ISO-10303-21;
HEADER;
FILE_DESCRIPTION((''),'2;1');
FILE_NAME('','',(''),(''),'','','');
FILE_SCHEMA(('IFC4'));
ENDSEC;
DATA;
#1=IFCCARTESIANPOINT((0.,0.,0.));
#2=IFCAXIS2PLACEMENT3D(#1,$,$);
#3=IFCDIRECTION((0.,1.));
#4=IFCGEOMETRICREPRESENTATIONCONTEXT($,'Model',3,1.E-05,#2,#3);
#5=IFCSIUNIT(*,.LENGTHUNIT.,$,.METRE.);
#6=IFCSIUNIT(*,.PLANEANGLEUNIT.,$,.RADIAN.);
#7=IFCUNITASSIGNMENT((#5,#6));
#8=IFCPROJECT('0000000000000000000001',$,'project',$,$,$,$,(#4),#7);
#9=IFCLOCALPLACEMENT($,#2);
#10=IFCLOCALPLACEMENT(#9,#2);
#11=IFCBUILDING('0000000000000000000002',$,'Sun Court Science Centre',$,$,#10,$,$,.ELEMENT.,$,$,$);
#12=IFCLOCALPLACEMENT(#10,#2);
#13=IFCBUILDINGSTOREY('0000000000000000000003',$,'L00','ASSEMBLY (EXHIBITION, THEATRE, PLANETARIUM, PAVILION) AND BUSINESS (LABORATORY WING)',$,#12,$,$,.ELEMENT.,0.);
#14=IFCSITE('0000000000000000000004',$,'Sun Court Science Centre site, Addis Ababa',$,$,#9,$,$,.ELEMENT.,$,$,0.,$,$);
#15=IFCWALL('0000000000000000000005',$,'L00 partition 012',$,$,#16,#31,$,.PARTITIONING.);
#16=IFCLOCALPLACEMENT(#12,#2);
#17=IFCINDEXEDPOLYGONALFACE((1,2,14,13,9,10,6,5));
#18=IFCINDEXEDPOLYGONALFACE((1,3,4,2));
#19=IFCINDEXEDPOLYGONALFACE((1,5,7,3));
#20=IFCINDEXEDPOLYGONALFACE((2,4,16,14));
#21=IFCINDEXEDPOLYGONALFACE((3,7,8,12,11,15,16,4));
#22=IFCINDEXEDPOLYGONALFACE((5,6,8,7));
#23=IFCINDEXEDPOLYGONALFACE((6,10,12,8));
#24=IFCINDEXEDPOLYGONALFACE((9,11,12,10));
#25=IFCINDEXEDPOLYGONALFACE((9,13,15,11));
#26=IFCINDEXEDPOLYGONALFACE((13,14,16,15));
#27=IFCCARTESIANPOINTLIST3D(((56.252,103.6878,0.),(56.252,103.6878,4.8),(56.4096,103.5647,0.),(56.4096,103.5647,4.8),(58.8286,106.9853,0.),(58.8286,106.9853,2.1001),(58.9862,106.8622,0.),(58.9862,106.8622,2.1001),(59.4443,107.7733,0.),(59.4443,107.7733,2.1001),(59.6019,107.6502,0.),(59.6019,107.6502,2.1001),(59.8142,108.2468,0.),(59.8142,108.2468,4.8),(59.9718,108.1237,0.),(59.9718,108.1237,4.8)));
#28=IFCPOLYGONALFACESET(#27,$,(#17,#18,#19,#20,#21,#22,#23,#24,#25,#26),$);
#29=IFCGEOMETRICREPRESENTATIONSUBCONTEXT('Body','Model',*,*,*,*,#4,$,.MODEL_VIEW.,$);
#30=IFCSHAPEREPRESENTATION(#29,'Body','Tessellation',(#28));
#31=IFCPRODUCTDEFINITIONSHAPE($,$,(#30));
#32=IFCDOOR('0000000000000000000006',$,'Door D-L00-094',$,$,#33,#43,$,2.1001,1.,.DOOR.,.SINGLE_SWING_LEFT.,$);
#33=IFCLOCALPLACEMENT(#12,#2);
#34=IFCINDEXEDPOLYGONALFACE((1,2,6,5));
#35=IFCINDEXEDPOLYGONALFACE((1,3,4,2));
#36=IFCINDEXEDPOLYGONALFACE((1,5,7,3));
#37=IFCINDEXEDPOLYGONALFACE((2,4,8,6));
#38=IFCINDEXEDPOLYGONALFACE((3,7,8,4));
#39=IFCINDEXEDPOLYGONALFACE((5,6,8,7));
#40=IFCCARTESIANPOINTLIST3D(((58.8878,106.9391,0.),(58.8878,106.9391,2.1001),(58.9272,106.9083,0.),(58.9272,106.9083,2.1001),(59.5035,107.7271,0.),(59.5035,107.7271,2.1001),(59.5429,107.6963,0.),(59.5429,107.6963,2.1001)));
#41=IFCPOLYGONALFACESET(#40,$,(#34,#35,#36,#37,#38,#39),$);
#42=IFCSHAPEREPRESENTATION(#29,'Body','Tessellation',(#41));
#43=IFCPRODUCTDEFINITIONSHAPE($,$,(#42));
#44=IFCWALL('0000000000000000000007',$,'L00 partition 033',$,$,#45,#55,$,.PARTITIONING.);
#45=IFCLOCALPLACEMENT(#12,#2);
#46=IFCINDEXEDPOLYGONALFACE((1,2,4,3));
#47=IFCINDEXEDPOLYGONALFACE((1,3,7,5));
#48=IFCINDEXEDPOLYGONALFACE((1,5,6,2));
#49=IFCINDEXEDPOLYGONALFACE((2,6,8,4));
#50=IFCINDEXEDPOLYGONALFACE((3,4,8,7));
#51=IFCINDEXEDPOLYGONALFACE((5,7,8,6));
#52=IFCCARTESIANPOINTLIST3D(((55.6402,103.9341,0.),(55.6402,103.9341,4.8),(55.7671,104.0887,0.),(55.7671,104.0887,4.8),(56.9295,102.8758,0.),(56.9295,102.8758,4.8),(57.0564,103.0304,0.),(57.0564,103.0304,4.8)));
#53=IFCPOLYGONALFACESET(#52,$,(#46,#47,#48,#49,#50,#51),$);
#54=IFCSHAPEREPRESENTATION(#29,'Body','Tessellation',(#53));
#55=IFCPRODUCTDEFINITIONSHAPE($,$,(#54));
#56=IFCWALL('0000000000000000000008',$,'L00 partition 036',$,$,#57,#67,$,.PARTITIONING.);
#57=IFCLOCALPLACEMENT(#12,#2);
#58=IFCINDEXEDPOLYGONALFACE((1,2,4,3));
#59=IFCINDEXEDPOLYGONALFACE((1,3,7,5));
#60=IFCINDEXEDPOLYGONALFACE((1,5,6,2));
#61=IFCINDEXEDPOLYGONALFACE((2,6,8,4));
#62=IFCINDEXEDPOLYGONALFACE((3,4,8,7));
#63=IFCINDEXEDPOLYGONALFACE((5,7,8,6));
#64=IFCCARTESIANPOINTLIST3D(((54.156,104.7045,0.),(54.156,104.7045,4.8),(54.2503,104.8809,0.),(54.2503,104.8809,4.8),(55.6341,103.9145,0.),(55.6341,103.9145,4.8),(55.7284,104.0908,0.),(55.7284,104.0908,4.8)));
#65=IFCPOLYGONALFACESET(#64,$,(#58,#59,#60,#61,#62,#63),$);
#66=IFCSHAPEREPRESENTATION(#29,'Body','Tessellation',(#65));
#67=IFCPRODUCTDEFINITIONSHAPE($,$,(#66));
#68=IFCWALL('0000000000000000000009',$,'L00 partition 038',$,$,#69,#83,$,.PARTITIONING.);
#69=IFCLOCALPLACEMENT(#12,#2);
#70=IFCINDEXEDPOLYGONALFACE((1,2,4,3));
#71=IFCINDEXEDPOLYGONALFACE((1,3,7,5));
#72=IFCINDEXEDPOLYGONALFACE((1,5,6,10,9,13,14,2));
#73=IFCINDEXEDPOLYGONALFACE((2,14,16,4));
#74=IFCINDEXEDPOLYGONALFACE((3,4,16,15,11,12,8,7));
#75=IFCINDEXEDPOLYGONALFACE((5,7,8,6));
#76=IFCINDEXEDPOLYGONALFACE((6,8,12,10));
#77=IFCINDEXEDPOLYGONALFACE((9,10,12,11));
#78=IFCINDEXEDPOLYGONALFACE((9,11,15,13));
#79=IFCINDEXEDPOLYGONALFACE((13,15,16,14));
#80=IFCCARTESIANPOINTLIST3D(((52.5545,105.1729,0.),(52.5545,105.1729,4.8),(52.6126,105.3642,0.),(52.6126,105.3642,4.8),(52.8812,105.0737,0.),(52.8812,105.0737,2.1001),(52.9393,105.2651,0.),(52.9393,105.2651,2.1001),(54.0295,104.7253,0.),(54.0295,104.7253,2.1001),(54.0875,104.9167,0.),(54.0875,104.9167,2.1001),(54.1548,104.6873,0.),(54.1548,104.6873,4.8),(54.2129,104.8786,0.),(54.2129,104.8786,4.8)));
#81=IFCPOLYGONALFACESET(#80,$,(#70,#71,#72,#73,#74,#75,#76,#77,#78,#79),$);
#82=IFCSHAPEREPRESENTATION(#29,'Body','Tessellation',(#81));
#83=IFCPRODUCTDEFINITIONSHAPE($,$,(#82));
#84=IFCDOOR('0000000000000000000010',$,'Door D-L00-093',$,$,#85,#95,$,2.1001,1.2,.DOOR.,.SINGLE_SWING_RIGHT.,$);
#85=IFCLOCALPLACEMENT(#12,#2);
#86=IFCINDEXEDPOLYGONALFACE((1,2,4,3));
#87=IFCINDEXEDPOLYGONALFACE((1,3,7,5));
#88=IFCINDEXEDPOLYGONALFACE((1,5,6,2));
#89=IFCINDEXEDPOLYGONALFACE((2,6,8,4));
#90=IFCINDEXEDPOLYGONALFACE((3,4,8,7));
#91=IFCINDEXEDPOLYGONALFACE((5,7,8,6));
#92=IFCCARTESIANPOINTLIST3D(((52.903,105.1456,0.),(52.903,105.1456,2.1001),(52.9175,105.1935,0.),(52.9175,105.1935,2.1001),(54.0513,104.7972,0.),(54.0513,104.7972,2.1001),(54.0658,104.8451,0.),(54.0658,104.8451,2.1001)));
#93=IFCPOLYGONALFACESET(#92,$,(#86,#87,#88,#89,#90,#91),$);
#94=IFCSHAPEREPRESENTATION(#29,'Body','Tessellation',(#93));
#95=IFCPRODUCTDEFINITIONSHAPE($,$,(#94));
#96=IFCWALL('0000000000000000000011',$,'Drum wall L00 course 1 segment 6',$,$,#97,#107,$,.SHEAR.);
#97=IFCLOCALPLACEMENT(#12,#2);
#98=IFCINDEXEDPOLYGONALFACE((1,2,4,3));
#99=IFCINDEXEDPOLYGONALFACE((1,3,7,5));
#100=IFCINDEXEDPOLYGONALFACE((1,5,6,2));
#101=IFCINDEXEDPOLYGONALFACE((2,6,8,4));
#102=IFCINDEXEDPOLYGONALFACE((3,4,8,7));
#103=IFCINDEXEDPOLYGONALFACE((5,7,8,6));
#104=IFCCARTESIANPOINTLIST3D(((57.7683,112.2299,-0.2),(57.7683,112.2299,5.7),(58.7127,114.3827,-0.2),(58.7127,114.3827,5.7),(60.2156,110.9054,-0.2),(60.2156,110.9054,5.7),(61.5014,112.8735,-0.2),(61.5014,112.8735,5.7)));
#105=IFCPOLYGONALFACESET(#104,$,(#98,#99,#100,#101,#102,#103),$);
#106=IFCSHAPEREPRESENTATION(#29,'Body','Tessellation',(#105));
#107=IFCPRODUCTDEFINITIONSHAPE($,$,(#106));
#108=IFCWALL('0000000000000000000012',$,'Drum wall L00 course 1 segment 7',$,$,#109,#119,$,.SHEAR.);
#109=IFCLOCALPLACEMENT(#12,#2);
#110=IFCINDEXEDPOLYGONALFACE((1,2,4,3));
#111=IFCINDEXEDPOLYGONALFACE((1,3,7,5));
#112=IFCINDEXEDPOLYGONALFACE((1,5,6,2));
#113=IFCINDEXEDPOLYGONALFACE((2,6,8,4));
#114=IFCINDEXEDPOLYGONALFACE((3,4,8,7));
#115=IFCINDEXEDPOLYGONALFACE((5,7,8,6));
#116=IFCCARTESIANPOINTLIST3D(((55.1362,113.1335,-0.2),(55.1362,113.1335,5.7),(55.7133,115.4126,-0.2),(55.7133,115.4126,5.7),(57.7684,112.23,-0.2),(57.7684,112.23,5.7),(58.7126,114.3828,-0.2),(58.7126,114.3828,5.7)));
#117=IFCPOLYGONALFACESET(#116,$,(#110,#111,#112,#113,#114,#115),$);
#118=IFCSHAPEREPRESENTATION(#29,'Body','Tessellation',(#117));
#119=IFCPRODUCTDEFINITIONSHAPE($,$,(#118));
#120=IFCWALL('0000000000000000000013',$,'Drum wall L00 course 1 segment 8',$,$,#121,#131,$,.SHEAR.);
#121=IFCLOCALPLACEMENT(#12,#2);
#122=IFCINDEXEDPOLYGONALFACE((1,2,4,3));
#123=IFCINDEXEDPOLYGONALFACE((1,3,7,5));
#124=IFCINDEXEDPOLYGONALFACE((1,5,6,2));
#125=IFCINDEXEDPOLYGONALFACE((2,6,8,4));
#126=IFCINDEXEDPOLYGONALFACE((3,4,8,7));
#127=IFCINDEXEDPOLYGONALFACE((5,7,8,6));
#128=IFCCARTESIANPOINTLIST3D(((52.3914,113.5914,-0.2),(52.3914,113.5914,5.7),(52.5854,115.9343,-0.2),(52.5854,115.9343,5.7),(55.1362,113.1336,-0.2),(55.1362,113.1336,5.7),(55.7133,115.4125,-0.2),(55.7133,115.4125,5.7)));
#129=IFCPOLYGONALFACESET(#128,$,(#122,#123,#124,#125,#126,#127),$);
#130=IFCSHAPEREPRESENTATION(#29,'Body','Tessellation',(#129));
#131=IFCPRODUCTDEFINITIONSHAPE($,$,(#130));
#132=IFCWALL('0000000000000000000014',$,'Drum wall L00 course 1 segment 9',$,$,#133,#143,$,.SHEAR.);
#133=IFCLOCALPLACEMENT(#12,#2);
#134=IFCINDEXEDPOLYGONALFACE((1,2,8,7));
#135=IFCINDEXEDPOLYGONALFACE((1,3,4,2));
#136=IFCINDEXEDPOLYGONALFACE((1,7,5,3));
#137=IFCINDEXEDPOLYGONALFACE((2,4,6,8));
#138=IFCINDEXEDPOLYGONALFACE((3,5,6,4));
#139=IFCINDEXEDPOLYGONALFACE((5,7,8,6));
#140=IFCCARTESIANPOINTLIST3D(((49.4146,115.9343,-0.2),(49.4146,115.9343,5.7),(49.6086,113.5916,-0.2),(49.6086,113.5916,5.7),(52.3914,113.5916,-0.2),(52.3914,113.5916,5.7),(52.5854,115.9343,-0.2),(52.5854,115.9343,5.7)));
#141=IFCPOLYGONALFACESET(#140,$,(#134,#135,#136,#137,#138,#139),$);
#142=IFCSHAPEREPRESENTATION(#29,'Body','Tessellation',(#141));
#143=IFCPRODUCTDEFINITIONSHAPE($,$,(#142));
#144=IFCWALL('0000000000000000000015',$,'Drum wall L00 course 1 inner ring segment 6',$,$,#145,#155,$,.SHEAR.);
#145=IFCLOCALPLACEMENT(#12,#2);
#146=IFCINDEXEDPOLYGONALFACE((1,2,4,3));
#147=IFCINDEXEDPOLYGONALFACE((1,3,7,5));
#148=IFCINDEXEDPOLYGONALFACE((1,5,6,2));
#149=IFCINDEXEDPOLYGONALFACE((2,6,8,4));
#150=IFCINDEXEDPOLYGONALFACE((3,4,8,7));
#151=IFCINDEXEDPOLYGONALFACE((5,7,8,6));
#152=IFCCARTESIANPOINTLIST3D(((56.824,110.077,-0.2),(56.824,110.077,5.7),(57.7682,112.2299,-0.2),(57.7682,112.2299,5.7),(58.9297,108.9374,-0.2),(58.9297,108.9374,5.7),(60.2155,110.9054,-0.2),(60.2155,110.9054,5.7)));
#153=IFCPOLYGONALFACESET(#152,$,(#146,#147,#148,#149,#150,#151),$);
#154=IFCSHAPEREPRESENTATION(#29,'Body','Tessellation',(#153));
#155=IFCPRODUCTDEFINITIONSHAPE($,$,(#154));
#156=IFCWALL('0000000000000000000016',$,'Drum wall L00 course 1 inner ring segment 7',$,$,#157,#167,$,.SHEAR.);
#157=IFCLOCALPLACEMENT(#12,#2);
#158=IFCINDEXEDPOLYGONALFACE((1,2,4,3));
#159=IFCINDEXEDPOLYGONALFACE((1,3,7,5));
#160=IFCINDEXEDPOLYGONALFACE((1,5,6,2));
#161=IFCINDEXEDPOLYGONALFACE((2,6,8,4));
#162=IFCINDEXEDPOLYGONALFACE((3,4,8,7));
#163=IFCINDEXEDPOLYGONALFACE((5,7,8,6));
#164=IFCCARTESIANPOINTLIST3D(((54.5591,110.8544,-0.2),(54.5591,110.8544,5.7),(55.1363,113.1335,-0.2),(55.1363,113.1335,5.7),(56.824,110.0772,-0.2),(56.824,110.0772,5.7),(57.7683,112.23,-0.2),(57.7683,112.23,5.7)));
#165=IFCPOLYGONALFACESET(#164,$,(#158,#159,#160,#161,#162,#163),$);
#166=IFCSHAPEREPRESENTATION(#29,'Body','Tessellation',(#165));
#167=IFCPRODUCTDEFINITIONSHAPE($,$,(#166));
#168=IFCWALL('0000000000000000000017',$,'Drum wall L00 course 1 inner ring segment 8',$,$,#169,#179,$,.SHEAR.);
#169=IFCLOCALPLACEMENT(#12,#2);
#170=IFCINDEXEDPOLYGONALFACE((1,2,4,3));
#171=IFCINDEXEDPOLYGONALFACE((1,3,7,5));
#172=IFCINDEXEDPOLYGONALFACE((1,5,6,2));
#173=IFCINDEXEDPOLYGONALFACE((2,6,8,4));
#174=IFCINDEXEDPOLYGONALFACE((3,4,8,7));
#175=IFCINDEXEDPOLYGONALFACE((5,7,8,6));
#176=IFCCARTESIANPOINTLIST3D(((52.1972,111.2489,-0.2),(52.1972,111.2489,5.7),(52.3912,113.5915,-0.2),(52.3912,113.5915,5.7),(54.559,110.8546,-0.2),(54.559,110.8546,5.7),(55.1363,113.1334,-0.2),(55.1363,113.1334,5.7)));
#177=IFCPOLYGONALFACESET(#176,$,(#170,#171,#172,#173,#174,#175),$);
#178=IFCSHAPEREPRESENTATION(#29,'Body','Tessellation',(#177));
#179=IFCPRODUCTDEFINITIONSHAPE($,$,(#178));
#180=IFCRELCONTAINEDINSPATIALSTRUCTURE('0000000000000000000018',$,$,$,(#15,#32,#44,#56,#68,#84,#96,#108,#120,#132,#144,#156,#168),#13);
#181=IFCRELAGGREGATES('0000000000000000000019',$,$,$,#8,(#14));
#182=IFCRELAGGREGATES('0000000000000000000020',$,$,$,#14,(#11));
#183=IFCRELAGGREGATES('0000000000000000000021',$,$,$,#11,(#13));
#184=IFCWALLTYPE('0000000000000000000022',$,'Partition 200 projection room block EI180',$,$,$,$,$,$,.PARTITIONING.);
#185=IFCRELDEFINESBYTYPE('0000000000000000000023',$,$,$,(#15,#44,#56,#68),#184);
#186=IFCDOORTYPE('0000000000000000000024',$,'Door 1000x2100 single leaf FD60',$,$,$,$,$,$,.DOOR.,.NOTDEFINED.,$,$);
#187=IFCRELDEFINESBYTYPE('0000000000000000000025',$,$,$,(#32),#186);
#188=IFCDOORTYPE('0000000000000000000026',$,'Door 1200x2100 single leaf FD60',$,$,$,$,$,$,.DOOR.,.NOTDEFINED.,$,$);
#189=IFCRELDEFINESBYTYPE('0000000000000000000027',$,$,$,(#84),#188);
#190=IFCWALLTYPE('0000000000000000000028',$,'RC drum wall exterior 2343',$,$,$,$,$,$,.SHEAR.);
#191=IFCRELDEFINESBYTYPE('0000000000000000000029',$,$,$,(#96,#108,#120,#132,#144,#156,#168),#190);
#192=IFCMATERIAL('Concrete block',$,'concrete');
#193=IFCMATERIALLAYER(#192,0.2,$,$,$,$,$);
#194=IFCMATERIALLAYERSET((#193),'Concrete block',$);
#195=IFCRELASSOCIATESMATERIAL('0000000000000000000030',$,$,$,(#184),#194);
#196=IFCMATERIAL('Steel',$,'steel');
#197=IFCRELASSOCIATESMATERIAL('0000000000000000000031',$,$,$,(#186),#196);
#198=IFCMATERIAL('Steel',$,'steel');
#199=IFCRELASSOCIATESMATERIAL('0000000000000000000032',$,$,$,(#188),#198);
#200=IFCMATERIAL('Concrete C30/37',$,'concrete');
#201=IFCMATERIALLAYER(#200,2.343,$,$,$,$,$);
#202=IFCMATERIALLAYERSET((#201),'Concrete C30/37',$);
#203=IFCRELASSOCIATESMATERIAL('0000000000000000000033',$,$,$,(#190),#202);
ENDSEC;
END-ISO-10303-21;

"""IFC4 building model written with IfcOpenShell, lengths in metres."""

from ifc_helpers import new_model, si_unit, direction, frame, frame_2d, origin, place, context, subcontext, project, spatial, polyline, rectangle, outline, extrude, material, layer, layer_set, type_object, element, fill, save


model = new_model("IFC4")

# Units and contexts
model_context = context("Model", 3, precision=1e-05, world=origin(), true_north=direction((0.0, 1.0)))
body_context = subcontext(model_context, "Body", "Model", "MODEL_VIEW")
ifc_project = project(units=[si_unit("LENGTHUNIT", "METRE"), si_unit("PLANEANGLEUNIT", "RADIAN")], contexts=[model_context])

# Site, building, storey
site_placement = place(None, origin())
site = spatial("IfcSite", under=ifc_project, at=site_placement, Name="Sun Court Science Centre site, Addis Ababa", CompositionType="ELEMENT", RefElevation=0.0)
building_placement = place(site_placement, origin())
building = spatial("IfcBuilding", under=site, at=building_placement, Name="Sun Court Science Centre", CompositionType="ELEMENT")
storey_placement = place(building_placement, origin())
storey = spatial("IfcBuildingStorey", under=building, at=storey_placement, Name="L00", Description="ASSEMBLY (EXHIBITION, THEATRE, PLANETARIUM, PAVILION) AND BUSINESS (LABORATORY WING)", CompositionType="ELEMENT", Elevation=0.0)

# Wall, opening, door
ifc_material_1 = material(Name="Concrete block", Category="concrete")
ifc_layer_1 = layer(ifc_material_1, 0.2)
ifc_layer_set_1 = layer_set([ifc_layer_1], Name="Concrete block")
wall_type_1 = type_object("IfcWallType", Name="Partition 200 projection room block EI180", PredefinedType="PARTITIONING", material=ifc_layer_set_1)
wall_1_placement = place(storey_placement, frame((56.3308, 103.6262, 0.0), z_axis=(0.0, 0.0, 1.0), x_axis=(0.615695, 0.787985, 0.0)))
wall_1 = element("IfcWall", 1, at=wall_1_placement, inside=storey, type_object=wall_type_1, Name="L00 partition 012", PredefinedType="PARTITIONING", context=body_context, shape_type="SweptSolid", body=[
    extrude(rectangle(XDim=5.7856, YDim=0.2, at=frame_2d((2.8928, 0.0))), origin(), (0.0, 0.0, 1.0), 4.8),
])
opening_1_placement = place(wall_1_placement, frame((4.1848, 0.0, 0.0)))
opening_1 = element("IfcOpeningElement", 2, at=opening_1_placement, cuts=wall_1, PredefinedType="OPENING", context=body_context, shape_type="SweptSolid", body=[
    extrude(rectangle(XDim=1.0, YDim=2.1001, at=frame_2d((0.5, 1.05))), frame((0.0, 0.1099, 0.0), z_axis=(0.0, -1.0, 0.0), x_axis=(1.0, 0.0, 0.0)), (0.0, 0.0, 1.0), 0.22),
])
ifc_material_2 = material(Name="Steel", Category="steel")
door_type_1 = type_object("IfcDoorType", Name="Door 1000x2100 single leaf FD60", OperationType="NOTDEFINED", PredefinedType="DOOR", material=ifc_material_2)
door_1_placement = place(opening_1_placement, origin())
door_1 = element("IfcDoor", 3, at=door_1_placement, inside=storey, type_object=door_type_1, Name="Door D-L00-094", OperationType="SINGLE_SWING_LEFT", OverallHeight=2.1001, OverallWidth=1.0, PredefinedType="DOOR", context=body_context, shape_type="SweptSolid", body=[
    extrude(rectangle(XDim=1.0, YDim=2.1001, at=frame_2d((0.5, 1.05))), frame((0.0, 0.0249, 0.0), z_axis=(0.0, -1.0, 0.0), x_axis=(1.0, 0.0, 0.0)), (0.0, 0.0, 1.0), 0.05),
])
fill(opening_1, door_1)

# Walls
wall_2_placement = place(storey_placement, frame((56.9929, 102.9531, 0.0), z_axis=(0.0, 0.0, 1.0), x_axis=(-0.772939, 0.63448, 0.0)))
element("IfcWall", 4, at=wall_2_placement, inside=storey, type_object=wall_type_1, Name="L00 partition 033", PredefinedType="PARTITIONING", context=body_context, shape_type="SweptSolid", body=[
    extrude(rectangle(XDim=1.668, YDim=0.2, at=frame_2d((0.834, 0.0))), origin(), (0.0, 0.0, 1.0), 4.8),
])
wall_3_placement = place(storey_placement, frame((55.6812, 104.0027, 0.0), z_axis=(0.0, 0.0, 1.0), x_axis=(-0.881917, 0.471405, 0.0)))
element("IfcWall", 5, at=wall_3_placement, inside=storey, type_object=wall_type_1, Name="L00 partition 036", PredefinedType="PARTITIONING", context=body_context, shape_type="SweptSolid", body=[
    extrude(rectangle(XDim=1.676, YDim=0.2, at=frame_2d((0.8379, 0.0))), origin(), (0.0, 0.0, 1.0), 4.8),
])

# Wall, opening, door
wall_4_placement = place(storey_placement, frame((54.1838, 104.783, 0.0), z_axis=(0.0, 0.0, 1.0), x_axis=(-0.956918, 0.29036, 0.0)))
wall_4 = element("IfcWall", 6, at=wall_4_placement, inside=storey, type_object=wall_type_1, Name="L00 partition 038", PredefinedType="PARTITIONING", context=body_context, shape_type="SweptSolid", body=[
    extrude(rectangle(XDim=1.6724, YDim=0.2, at=frame_2d((0.8362, 0.0))), origin(), (0.0, 0.0, 1.0), 4.8),
])
opening_2_placement = place(wall_4_placement, frame((0.1309, 0.0, 0.0)))
opening_2 = element("IfcOpeningElement", 7, at=opening_2_placement, cuts=wall_4, PredefinedType="OPENING", context=body_context, shape_type="SweptSolid", body=[
    extrude(rectangle(XDim=1.2, YDim=2.1001, at=frame_2d((0.6001, 1.05))), frame((0.0, 0.1099, 0.0), z_axis=(0.0, -1.0, 0.0), x_axis=(1.0, 0.0, 0.0)), (0.0, 0.0, 1.0), 0.22),
])
ifc_material_3 = material(Name="Steel", Category="steel")
door_type_2 = type_object("IfcDoorType", Name="Door 1200x2100 single leaf FD60", OperationType="NOTDEFINED", PredefinedType="DOOR", material=ifc_material_3)
door_2_placement = place(opening_2_placement, origin())
door_2 = element("IfcDoor", 8, at=door_2_placement, inside=storey, type_object=door_type_2, Name="Door D-L00-093", OperationType="SINGLE_SWING_RIGHT", OverallHeight=2.1001, OverallWidth=1.2, PredefinedType="DOOR", context=body_context, shape_type="SweptSolid", body=[
    extrude(rectangle(XDim=1.2, YDim=2.1001, at=frame_2d((0.6001, 1.05))), frame((0.0, 0.0249, 0.0), z_axis=(0.0, -1.0, 0.0), x_axis=(1.0, 0.0, 0.0)), (0.0, 0.0, 1.0), 0.05),
])
fill(opening_2, door_2)

# Walls
ifc_material_4 = material(Name="Concrete C30/37", Category="concrete")
ifc_layer_2 = layer(ifc_material_4, 2.343)
ifc_layer_set_2 = layer_set([ifc_layer_2], Name="Concrete C30/37")
wall_type_2 = type_object("IfcWallType", Name="RC drum wall exterior 2343", PredefinedType="SHEAR", material=ifc_layer_set_2)
wall_5_placement = place(storey_placement, frame((60.9438, 111.8433, -0.2), z_axis=(0.0, 0.0, 1.0), x_axis=(-0.879468, 0.475958, 0.0)))
element("IfcWall", 9, at=wall_5_placement, inside=storey, type_object=wall_type_2, Name="Drum wall L00 course 1 segment 6", PredefinedType="SHEAR", context=body_context, shape_type="SweptSolid", body=[
    extrude(outline(polyline([(0.0, -1.1714), (3.1709, -1.1714), (2.9768, 1.1714), (0.1941, 1.1714), (0.0, -1.1714)])), origin(), (0.0, 0.0, 1.0), 5.8999),
])
wall_6_placement = place(storey_placement, frame((58.3323, 113.2749, -0.2), z_axis=(0.0, 0.0, 1.0), x_axis=(-0.945828, 0.324669, 0.0)))
element("IfcWall", 10, at=wall_6_placement, inside=storey, type_object=wall_type_2, Name="Drum wall L00 course 1 segment 7", PredefinedType="SHEAR", context=body_context, shape_type="SweptSolid", body=[
    extrude(outline(polyline([(0.0, -1.1714), (3.1711, -1.1716), (2.9771, 1.1714), (0.1941, 1.1714), (0.0, -1.1714)])), origin(), (0.0, 0.0, 1.0), 5.8999),
])
wall_7_placement = place(storey_placement, frame((55.5205, 114.2571, -0.2), z_axis=(0.0, 0.0, 1.0), x_axis=(-0.986359, 0.164611, 0.0)))
element("IfcWall", 11, at=wall_7_placement, inside=storey, type_object=wall_type_2, Name="Drum wall L00 course 1 segment 8", PredefinedType="SHEAR", context=body_context, shape_type="SweptSolid", body=[
    extrude(outline(polyline([(0.0, -1.1714), (3.1711, -1.1711), (2.9768, 1.1716), (0.1941, 1.1714), (0.0, -1.1714)])), origin(), (0.0, 0.0, 1.0), 5.8999),
])
wall_8_placement = place(storey_placement, frame((52.5854, 114.7629, -0.2), z_axis=(0.0, 0.0, 1.0), x_axis=(-1.0, 0.0, 0.0)))
element("IfcWall", 12, at=wall_8_placement, inside=storey, type_object=wall_type_2, Name="Drum wall L00 course 1 segment 9", PredefinedType="SHEAR", context=body_context, shape_type="SweptSolid", body=[
    extrude(outline(polyline([(0.0, -1.1714), (3.1709, -1.1714), (2.9768, 1.1714), (0.1941, 1.1714), (0.0, -1.1714)])), origin(), (0.0, 0.0, 1.0), 5.8999),
])
wall_9_placement = place(storey_placement, frame((59.658, 109.8752, -0.2), z_axis=(0.0, 0.0, 1.0), x_axis=(-0.879463, 0.475967, 0.0)))
element("IfcWall", 13, at=wall_9_placement, inside=storey, type_object=wall_type_2, Name="Drum wall L00 course 1 inner ring segment 6", PredefinedType="SHEAR", context=body_context, shape_type="SweptSolid", body=[
    extrude(outline(polyline([(0.0, -1.1714), (2.7827, -1.1714), (2.5884, 1.1714), (0.1941, 1.1714), (0.0, -1.1714)])), origin(), (0.0, 0.0, 1.0), 5.8999),
])
wall_10_placement = place(storey_placement, frame((57.3879, 111.1221, -0.2), z_axis=(0.0, 0.0, 1.0), x_axis=(-0.945821, 0.32469, 0.0)))
element("IfcWall", 14, at=wall_10_placement, inside=storey, type_object=wall_type_2, Name="Drum wall L00 course 1 inner ring segment 7", PredefinedType="SHEAR", context=body_context, shape_type="SweptSolid", body=[
    extrude(outline(polyline([(0.0, -1.1714), (2.7827, -1.1714), (2.5886, 1.1716), (0.1941, 1.1714), (0.0, -1.1714)])), origin(), (0.0, 0.0, 1.0), 5.8999),
])
wall_11_placement = place(storey_placement, frame((54.9434, 111.978, -0.2), z_axis=(0.0, 0.0, 1.0), x_axis=(-0.986349, 0.164669, 0.0)))
element("IfcWall", 15, at=wall_11_placement, inside=storey, type_object=wall_type_2, Name="Drum wall L00 course 1 inner ring segment 8", PredefinedType="SHEAR", context=body_context, shape_type="SweptSolid", body=[
    extrude(outline(polyline([(0.0, -1.1714), (2.783, -1.1711), (2.5886, 1.1714), (0.1941, 1.1714), (0.0, -1.1714)])), origin(), (0.0, 0.0, 1.0), 5.8999),
])

save(model, "model.ifc")
